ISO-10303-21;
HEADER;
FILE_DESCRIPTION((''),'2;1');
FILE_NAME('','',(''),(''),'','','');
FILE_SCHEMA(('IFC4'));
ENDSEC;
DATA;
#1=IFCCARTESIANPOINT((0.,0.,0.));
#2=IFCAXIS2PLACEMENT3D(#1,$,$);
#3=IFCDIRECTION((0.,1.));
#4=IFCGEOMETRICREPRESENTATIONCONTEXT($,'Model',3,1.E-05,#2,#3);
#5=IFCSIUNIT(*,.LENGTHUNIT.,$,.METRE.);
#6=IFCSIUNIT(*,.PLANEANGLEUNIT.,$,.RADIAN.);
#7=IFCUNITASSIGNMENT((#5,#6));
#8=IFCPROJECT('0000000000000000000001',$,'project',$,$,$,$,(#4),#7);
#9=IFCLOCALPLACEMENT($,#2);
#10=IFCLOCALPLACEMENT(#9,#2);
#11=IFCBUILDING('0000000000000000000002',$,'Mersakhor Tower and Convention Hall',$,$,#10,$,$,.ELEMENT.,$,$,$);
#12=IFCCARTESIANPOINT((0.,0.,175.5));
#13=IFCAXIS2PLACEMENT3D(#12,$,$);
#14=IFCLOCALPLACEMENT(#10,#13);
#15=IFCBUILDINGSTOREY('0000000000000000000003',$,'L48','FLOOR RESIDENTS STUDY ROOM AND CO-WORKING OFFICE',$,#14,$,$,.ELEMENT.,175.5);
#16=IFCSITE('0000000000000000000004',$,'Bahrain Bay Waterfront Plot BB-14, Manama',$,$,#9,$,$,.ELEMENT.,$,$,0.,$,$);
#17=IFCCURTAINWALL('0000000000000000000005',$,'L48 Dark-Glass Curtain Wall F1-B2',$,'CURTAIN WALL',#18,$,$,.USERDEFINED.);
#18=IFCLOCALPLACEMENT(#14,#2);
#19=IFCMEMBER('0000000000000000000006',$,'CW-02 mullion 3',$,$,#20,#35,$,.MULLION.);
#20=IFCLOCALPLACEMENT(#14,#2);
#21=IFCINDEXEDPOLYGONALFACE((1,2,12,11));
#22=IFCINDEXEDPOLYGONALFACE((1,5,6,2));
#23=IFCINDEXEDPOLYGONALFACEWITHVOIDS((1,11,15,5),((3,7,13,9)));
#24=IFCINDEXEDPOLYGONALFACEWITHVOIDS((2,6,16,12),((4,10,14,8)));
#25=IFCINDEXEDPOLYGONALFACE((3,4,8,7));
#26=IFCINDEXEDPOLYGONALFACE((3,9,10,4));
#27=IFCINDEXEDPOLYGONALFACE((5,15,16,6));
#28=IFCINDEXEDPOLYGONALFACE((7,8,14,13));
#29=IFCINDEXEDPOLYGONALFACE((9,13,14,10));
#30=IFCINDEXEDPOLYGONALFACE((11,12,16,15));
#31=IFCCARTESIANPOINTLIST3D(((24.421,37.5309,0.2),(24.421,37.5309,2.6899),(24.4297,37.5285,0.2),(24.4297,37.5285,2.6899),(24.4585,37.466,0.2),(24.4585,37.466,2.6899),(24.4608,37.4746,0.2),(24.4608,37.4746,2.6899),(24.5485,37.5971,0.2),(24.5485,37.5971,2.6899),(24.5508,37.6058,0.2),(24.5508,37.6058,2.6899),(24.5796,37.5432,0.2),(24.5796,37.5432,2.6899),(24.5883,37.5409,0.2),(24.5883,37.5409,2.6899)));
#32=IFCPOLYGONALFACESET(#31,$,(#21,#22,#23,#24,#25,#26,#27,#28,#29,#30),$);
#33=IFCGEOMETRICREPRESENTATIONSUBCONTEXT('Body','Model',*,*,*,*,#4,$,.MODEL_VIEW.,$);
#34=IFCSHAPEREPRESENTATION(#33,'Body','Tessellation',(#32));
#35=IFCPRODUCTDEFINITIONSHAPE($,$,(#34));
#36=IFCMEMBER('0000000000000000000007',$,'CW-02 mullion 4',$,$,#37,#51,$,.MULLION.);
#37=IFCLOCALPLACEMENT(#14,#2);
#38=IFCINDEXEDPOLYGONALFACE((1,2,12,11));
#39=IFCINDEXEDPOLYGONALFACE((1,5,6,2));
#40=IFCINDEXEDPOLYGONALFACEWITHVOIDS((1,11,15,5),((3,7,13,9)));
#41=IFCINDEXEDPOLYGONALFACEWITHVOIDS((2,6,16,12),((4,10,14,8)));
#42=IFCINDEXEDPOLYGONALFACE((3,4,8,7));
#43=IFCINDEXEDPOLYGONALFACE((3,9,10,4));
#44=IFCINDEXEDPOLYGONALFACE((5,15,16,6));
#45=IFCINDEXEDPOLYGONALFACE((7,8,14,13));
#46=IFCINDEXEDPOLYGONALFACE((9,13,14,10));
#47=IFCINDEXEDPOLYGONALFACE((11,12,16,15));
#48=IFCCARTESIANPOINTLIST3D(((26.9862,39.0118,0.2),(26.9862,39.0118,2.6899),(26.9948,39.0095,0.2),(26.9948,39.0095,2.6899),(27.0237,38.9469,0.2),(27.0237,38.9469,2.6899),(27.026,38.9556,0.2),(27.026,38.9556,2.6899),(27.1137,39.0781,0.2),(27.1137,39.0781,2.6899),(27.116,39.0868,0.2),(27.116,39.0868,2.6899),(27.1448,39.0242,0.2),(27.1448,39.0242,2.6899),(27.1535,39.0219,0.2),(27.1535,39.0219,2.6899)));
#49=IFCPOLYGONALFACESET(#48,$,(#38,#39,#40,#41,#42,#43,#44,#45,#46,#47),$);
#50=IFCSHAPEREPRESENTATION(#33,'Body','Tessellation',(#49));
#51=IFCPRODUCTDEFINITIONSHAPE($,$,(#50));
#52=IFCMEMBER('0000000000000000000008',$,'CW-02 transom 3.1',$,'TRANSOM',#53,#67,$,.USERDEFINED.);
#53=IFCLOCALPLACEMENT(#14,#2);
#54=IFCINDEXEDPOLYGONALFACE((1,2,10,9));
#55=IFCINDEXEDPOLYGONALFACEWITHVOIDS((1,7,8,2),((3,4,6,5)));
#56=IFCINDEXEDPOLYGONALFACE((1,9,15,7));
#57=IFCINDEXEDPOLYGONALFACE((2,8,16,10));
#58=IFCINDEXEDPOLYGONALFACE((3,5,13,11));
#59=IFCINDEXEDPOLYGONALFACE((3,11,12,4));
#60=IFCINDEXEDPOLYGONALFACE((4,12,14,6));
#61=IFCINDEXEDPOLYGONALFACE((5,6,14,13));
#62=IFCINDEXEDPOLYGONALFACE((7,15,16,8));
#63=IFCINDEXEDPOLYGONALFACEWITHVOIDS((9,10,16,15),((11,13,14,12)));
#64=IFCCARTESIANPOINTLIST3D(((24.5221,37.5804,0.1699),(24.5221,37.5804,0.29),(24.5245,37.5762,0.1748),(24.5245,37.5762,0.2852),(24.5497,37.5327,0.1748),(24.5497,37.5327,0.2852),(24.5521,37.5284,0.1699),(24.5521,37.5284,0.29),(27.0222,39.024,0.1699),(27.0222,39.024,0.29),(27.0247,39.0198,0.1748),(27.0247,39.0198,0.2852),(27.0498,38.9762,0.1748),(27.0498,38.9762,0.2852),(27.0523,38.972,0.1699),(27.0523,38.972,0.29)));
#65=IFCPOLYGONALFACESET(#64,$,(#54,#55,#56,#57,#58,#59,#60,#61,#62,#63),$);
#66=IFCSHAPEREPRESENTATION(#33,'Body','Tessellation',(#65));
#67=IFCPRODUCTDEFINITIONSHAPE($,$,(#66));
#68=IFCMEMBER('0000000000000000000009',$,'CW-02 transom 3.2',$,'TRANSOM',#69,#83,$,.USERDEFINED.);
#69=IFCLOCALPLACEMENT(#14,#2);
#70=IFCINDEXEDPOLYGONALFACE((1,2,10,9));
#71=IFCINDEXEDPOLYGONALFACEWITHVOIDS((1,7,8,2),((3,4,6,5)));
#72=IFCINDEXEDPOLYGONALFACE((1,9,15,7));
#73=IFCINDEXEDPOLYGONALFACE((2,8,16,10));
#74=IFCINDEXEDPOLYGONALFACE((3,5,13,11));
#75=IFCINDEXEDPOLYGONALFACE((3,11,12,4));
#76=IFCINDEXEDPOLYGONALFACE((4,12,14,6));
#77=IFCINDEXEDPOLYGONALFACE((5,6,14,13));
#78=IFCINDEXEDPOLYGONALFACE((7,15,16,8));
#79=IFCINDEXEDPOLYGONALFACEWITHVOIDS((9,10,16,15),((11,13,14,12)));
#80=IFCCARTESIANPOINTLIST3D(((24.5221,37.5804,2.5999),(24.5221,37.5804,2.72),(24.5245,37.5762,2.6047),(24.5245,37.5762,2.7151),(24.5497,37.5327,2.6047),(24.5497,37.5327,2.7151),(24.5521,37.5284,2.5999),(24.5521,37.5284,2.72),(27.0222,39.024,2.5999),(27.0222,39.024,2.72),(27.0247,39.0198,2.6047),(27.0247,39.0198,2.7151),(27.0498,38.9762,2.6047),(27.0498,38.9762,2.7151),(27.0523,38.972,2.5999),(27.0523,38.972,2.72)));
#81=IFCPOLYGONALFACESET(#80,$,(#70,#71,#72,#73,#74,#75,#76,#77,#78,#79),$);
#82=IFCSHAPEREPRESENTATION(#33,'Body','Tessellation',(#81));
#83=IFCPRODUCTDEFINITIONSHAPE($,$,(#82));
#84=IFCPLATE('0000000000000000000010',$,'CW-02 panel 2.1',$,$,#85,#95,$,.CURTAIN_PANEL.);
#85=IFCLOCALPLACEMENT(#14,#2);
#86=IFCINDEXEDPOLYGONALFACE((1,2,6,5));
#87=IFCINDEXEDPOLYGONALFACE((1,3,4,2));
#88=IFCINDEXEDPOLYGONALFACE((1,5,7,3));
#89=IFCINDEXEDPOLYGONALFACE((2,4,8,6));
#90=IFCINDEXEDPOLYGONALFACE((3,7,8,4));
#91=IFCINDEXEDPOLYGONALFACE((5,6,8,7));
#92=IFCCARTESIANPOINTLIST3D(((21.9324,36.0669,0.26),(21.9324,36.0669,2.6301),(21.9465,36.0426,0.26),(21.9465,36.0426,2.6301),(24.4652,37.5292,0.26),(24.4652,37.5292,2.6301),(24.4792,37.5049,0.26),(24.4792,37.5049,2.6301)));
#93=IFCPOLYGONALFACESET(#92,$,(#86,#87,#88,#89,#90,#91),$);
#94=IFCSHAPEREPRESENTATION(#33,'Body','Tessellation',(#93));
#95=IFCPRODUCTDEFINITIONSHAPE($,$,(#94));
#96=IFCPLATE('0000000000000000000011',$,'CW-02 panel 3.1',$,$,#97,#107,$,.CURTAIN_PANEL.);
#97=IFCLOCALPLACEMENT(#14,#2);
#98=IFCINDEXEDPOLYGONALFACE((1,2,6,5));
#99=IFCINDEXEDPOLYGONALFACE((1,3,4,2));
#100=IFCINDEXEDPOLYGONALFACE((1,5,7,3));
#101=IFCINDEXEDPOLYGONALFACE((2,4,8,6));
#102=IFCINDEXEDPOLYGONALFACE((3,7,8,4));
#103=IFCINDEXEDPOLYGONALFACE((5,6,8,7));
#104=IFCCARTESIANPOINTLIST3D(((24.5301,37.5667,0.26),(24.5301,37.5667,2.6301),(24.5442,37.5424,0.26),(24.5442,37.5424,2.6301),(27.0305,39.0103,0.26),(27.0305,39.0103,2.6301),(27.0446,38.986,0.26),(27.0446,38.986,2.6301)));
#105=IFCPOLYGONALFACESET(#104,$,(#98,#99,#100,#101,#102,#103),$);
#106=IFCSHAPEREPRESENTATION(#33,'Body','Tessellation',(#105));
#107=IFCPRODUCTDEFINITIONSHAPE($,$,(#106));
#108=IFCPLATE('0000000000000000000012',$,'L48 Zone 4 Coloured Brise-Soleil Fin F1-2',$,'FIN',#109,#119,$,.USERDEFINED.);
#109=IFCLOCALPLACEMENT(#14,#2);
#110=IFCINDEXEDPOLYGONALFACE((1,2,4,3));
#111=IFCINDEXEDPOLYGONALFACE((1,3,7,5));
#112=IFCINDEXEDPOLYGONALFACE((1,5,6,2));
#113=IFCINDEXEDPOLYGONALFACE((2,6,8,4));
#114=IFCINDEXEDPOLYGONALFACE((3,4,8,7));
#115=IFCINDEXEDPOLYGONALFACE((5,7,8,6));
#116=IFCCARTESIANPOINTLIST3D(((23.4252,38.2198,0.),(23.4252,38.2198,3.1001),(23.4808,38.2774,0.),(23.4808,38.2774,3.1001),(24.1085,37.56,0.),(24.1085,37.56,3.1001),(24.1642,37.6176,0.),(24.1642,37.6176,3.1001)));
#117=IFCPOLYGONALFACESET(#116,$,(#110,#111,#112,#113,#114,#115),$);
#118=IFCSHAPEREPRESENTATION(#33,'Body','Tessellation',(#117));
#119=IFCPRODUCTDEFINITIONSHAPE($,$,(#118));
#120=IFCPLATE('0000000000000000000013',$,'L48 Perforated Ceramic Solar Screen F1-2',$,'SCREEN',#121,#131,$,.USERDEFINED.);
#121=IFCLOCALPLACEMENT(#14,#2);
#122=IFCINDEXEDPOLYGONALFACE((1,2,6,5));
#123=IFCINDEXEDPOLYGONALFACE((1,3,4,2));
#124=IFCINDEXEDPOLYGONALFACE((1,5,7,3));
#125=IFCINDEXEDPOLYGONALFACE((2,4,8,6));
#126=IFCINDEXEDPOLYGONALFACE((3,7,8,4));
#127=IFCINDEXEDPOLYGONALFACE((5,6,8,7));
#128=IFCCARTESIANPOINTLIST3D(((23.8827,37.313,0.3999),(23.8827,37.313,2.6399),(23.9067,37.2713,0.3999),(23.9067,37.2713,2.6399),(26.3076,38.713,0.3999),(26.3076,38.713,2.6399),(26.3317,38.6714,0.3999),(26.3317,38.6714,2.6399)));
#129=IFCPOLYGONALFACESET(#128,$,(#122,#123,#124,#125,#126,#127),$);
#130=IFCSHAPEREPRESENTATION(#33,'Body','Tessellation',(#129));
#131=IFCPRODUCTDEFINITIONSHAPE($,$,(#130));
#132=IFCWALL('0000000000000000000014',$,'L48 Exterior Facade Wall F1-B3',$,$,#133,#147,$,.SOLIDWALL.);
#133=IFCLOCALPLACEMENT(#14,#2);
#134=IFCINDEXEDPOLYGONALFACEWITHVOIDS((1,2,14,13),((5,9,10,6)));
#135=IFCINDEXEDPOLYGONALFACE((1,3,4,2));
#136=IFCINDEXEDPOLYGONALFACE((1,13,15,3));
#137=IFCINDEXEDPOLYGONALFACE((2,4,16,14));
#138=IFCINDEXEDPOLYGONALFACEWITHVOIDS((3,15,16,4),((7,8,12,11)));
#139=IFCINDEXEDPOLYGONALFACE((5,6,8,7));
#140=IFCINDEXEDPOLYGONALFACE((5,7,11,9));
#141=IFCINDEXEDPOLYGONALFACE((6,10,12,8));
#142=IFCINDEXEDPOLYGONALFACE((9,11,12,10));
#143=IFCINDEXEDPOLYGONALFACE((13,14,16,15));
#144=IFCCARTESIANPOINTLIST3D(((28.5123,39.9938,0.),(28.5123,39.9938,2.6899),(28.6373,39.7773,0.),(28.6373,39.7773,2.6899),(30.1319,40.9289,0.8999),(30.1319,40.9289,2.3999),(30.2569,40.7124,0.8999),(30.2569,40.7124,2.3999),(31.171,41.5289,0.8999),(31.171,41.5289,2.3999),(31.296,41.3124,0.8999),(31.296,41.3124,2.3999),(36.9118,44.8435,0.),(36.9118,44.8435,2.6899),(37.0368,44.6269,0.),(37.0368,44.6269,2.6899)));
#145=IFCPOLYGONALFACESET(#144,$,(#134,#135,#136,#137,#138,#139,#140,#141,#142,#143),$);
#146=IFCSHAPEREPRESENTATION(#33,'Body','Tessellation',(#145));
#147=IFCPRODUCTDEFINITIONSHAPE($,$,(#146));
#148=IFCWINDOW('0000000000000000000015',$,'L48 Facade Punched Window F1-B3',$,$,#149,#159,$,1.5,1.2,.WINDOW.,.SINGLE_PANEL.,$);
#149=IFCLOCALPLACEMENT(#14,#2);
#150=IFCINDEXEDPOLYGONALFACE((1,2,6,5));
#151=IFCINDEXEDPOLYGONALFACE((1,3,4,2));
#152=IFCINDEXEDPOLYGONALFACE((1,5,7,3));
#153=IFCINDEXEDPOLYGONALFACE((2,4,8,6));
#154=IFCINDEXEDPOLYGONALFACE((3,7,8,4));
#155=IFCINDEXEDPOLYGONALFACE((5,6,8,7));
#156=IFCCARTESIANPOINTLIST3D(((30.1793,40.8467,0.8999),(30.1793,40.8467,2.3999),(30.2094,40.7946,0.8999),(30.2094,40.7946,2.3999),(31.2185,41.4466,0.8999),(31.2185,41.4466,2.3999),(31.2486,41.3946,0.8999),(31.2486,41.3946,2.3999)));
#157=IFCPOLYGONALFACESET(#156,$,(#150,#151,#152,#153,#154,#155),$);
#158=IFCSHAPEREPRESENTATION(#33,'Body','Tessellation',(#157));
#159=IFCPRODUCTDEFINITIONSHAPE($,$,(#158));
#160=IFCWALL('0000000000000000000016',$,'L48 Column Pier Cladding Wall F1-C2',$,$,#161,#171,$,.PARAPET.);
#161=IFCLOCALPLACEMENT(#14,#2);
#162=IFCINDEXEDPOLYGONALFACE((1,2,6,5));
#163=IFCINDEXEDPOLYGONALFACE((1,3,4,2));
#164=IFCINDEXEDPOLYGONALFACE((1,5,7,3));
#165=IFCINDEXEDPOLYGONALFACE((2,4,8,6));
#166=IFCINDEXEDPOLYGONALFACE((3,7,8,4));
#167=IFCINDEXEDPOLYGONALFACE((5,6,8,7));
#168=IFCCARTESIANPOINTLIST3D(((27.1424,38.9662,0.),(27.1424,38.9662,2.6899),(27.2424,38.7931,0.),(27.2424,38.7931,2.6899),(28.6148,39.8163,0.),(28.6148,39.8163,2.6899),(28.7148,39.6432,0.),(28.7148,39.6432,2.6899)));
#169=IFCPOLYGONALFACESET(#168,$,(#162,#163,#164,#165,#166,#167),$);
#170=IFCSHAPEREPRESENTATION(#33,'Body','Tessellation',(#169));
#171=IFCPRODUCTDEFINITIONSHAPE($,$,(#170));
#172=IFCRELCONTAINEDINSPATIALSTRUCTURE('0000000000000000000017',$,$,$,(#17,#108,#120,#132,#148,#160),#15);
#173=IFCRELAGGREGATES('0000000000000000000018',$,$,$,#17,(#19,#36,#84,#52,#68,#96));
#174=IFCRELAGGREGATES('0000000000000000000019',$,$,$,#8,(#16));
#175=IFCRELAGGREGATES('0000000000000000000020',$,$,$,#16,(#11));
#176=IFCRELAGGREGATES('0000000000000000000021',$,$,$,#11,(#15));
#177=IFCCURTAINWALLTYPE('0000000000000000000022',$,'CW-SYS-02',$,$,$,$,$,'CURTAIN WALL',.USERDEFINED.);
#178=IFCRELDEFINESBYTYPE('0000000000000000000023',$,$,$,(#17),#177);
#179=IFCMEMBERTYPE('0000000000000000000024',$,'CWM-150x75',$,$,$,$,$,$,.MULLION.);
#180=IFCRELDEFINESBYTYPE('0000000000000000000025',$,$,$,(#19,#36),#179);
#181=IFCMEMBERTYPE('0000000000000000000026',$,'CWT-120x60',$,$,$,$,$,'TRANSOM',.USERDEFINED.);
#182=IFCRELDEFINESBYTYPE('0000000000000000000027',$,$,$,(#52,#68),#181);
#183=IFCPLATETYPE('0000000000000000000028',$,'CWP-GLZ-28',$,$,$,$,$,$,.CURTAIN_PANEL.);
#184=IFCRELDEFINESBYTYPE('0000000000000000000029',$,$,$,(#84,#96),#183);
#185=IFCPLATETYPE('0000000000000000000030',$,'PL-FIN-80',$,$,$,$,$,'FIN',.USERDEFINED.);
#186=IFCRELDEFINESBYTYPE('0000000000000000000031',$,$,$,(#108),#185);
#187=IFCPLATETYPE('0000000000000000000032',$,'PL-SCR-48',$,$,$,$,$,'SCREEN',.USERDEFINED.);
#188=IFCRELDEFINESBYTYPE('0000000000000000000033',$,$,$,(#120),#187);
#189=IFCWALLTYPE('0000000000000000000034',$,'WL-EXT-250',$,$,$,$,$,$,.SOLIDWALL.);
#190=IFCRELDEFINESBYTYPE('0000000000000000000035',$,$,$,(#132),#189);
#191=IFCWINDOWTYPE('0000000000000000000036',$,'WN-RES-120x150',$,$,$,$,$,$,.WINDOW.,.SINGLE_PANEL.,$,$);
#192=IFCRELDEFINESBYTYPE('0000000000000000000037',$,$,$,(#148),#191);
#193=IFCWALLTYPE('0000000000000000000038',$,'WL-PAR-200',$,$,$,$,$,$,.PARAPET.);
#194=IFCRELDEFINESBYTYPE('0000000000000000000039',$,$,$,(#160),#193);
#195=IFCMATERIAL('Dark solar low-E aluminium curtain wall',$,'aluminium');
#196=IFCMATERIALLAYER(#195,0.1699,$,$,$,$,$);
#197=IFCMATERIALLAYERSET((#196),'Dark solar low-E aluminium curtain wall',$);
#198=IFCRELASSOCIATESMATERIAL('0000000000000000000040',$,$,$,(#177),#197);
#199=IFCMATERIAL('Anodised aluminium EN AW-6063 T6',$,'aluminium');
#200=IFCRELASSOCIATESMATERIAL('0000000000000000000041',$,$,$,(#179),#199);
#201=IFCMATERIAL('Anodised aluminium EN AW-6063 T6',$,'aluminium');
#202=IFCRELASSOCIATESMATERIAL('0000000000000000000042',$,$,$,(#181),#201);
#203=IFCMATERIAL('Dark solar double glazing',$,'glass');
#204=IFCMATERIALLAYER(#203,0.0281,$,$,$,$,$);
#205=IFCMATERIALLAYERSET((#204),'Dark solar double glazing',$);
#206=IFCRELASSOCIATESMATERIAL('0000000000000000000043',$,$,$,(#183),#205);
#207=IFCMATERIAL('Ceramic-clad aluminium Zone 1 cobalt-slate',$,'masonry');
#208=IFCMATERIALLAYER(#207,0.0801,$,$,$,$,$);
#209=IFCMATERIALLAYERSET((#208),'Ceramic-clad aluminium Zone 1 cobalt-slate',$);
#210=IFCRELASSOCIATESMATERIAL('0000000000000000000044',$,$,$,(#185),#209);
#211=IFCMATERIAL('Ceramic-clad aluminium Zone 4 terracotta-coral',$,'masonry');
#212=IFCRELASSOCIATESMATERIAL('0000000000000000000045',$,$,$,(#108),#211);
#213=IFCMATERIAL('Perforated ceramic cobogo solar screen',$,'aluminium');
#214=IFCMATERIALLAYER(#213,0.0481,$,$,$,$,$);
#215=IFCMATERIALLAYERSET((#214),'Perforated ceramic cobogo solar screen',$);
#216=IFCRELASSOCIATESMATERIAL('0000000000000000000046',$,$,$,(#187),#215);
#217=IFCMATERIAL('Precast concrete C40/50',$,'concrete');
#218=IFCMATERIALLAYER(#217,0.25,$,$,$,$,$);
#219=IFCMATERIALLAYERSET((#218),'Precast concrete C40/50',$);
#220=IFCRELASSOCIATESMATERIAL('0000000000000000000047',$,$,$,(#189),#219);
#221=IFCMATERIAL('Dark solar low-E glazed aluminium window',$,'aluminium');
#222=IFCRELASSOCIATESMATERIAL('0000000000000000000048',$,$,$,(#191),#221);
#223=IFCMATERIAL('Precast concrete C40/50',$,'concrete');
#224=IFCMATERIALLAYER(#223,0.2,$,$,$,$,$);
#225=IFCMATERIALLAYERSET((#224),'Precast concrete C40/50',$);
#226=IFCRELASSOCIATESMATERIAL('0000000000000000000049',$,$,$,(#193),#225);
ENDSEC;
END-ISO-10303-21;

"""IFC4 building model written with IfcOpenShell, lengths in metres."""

from ifc_helpers import new_model, si_unit, direction, frame, frame_2d, origin, origin_2d, place, context, subcontext, project, spatial, rectangle, hollow_rectangle, extrude, material, layer, layer_set, material_profile, profile_set, type_object, element, fill, aggregate, save


model = new_model("IFC4")

# Units and contexts
model_context = context("Model", 3, precision=1e-05, world=origin(), true_north=direction((0.0, 1.0)))
body_context = subcontext(model_context, "Body", "Model", "MODEL_VIEW")
ifc_project = project(units=[si_unit("LENGTHUNIT", "METRE"), si_unit("PLANEANGLEUNIT", "RADIAN")], contexts=[model_context])

# Site, building, storey
site_placement = place(None, origin())
site = spatial("IfcSite", under=ifc_project, at=site_placement, Name="Bahrain Bay Waterfront Plot BB-14, Manama", CompositionType="ELEMENT", RefElevation=0.0)
building_placement = place(site_placement, origin())
building = spatial("IfcBuilding", under=site, at=building_placement, Name="Mersakhor Tower and Convention Hall", CompositionType="ELEMENT")
storey_placement = place(building_placement, frame((0.0, 0.0, 175.5)))
storey = spatial("IfcBuildingStorey", under=building, at=storey_placement, Name="L48", Description="FLOOR RESIDENTS STUDY ROOM AND CO-WORKING OFFICE", CompositionType="ELEMENT", Elevation=175.5)

# Curtain wall, members, plates
ifc_material_1 = material(Name="Dark solar low-E aluminium curtain wall", Category="aluminium")
ifc_layer_1 = layer(ifc_material_1, 0.1699)
ifc_layer_set_1 = layer_set([ifc_layer_1], Name="Dark solar low-E aluminium curtain wall")
curtain_wall_type = type_object("IfcCurtainWallType", Name="CW-SYS-02", ElementType="CURTAIN WALL", PredefinedType="USERDEFINED", material=ifc_layer_set_1)
curtain_wall_placement = place(storey_placement, origin())
curtain_wall = element("IfcCurtainWall", 1, at=curtain_wall_placement, inside=storey, type_object=curtain_wall_type, Name="L48 Dark-Glass Curtain Wall F1-B2", ObjectType="CURTAIN WALL", PredefinedType="USERDEFINED")
ifc_material_2 = material(Name="Anodised aluminium EN AW-6063 T6", Category="aluminium")
ifc_material_profile_1 = material_profile(ifc_material_2, hollow_rectangle(XDim=0.075, YDim=0.1499, WallThickness=0.0063, at=origin_2d()), Name="RHS 150x75x6.3")
ifc_profile_set_1 = profile_set([ifc_material_profile_1], Name="Anodised aluminium EN AW-6063 T6")
member_type_1 = type_object("IfcMemberType", Name="CWM-150x75", PredefinedType="MULLION", material=ifc_profile_set_1)
member_1_placement = place(storey_placement, frame((24.5046, 37.5359, 0.2), z_axis=(0.0, 0.0, 1.0), x_axis=(-0.500008, 0.866021, 0.0)))
member_1 = element("IfcMember", 2, at=member_1_placement, type_object=member_type_1, Name="CW-02 mullion 3", PredefinedType="MULLION", context=body_context, shape_type="SweptSolid", body=[
    extrude(hollow_rectangle(XDim=0.075, YDim=0.1499, WallThickness=0.0063, at=origin_2d()), origin(), (0.0, 0.0, 1.0), 2.49),
])
member_2_placement = place(storey_placement, frame((27.0698, 39.0168, 0.2), z_axis=(0.0, 0.0, 1.0), x_axis=(-0.500008, 0.866021, 0.0)))
member_2 = element("IfcMember", 3, at=member_2_placement, type_object=member_type_1, Name="CW-02 mullion 4", PredefinedType="MULLION", context=body_context, shape_type="SweptSolid", body=[
    extrude(hollow_rectangle(XDim=0.075, YDim=0.1499, WallThickness=0.0063, at=origin_2d()), origin(), (0.0, 0.0, 1.0), 2.49),
])
ifc_material_3 = material(Name="Anodised aluminium EN AW-6063 T6", Category="aluminium")
ifc_material_profile_2 = material_profile(ifc_material_3, hollow_rectangle(XDim=0.0601, YDim=0.1201, WallThickness=0.0049, at=origin_2d()), Name="RHS 120x60x5")
ifc_profile_set_2 = profile_set([ifc_material_profile_2], Name="Anodised aluminium EN AW-6063 T6")
member_type_2 = type_object("IfcMemberType", Name="CWT-120x60", ElementType="TRANSOM", PredefinedType="USERDEFINED", material=ifc_profile_set_2)
member_3_placement = place(storey_placement, frame((24.5371, 37.5544, 0.23), z_axis=(0.866012, 0.500023, 0.0), x_axis=(-0.500023, 0.866012, 0.0)))
member_3 = element("IfcMember", 4, at=member_3_placement, type_object=member_type_2, Name="CW-02 transom 3.1", ObjectType="TRANSOM", PredefinedType="USERDEFINED", context=body_context, shape_type="SweptSolid", body=[
    extrude(hollow_rectangle(XDim=0.0601, YDim=0.1201, WallThickness=0.0049, at=origin_2d()), origin(), (0.0, 0.0, 1.0), 2.887),
])
member_4_placement = place(storey_placement, frame((24.5371, 37.5544, 2.6599), z_axis=(0.866012, 0.500023, 0.0), x_axis=(-0.500023, 0.866012, 0.0)))
member_4 = element("IfcMember", 5, at=member_4_placement, type_object=member_type_2, Name="CW-02 transom 3.2", ObjectType="TRANSOM", PredefinedType="USERDEFINED", context=body_context, shape_type="SweptSolid", body=[
    extrude(hollow_rectangle(XDim=0.0601, YDim=0.1201, WallThickness=0.0049, at=origin_2d()), origin(), (0.0, 0.0, 1.0), 2.887),
])
ifc_material_4 = material(Name="Dark solar double glazing", Category="glass")
ifc_layer_2 = layer(ifc_material_4, 0.0281)
ifc_layer_set_2 = layer_set([ifc_layer_2], Name="Dark solar double glazing")
plate_type_1 = type_object("IfcPlateType", Name="CWP-GLZ-28", PredefinedType="CURTAIN_PANEL", material=ifc_layer_set_2)
plate_1_placement = place(storey_placement, frame((23.2058, 36.7859, 0.26), z_axis=(0.0, 0.0, 1.0), x_axis=(0.866021, 0.500008, 0.0)))
plate_1 = element("IfcPlate", 6, at=plate_1_placement, type_object=plate_type_1, Name="CW-02 panel 2.1", PredefinedType="CURTAIN_PANEL", context=body_context, shape_type="SweptSolid", body=[
    extrude(rectangle(XDim=2.9246, YDim=0.0281, at=origin_2d()), origin(), (0.0, 0.0, 1.0), 2.3701),
])
plate_2_placement = place(storey_placement, frame((25.7874, 38.2764, 0.26), z_axis=(0.0, 0.0, 1.0), x_axis=(0.866021, 0.500008, 0.0)))
plate_2 = element("IfcPlate", 7, at=plate_2_placement, type_object=plate_type_1, Name="CW-02 panel 3.1", PredefinedType="CURTAIN_PANEL", context=body_context, shape_type="SweptSolid", body=[
    extrude(rectangle(XDim=2.8872, YDim=0.0281, at=origin_2d()), origin(), (0.0, 0.0, 1.0), 2.3701),
])
aggregate(curtain_wall, [member_1, member_2, plate_1, member_3, member_4, plate_2])

# Plates
ifc_material_5 = material(Name="Ceramic-clad aluminium Zone 4 terracotta-coral", Category="masonry")
ifc_material_6 = material(Name="Ceramic-clad aluminium Zone 1 cobalt-slate", Category="masonry")
ifc_layer_3 = layer(ifc_material_6, 0.0801)
ifc_layer_set_3 = layer_set([ifc_layer_3], Name="Ceramic-clad aluminium Zone 1 cobalt-slate")
plate_type_2 = type_object("IfcPlateType", Name="PL-FIN-80", ElementType="FIN", PredefinedType="USERDEFINED", material=ifc_layer_set_3)
plate_3_placement = place(storey_placement, frame((23.7947, 37.9187, 0.0), z_axis=(0.0, 0.0, 1.0), x_axis=(-0.71934, 0.694658, 0.0)))
element("IfcPlate", 8, at=plate_3_placement, inside=storey, type_object=plate_type_2, material=ifc_material_5, Name="L48 Zone 4 Coloured Brise-Soleil Fin F1-2", ObjectType="FIN", PredefinedType="USERDEFINED", context=body_context, shape_type="SweptSolid", body=[
    extrude(rectangle(XDim=0.95, YDim=0.0801, at=origin_2d()), origin(), (0.0, 0.0, 1.0), 3.1001),
])
ifc_material_7 = material(Name="Perforated ceramic cobogo solar screen", Category="aluminium")
ifc_layer_4 = layer(ifc_material_7, 0.0481)
ifc_layer_set_4 = layer_set([ifc_layer_4], Name="Perforated ceramic cobogo solar screen")
plate_type_3 = type_object("IfcPlateType", Name="PL-SCR-48", ElementType="SCREEN", PredefinedType="USERDEFINED", material=ifc_layer_set_4)
plate_4_placement = place(storey_placement, frame((25.1072, 37.9922, 0.3999), z_axis=(0.0, 0.0, 1.0), x_axis=(0.866025, 0.5, 0.0)))
element("IfcPlate", 9, at=plate_4_placement, inside=storey, type_object=plate_type_3, Name="L48 Perforated Ceramic Solar Screen F1-2", ObjectType="SCREEN", PredefinedType="USERDEFINED", context=body_context, shape_type="SweptSolid", body=[
    extrude(rectangle(XDim=2.8, YDim=0.0481, at=origin_2d()), origin(), (0.0, 0.0, 1.0), 2.24),
])

# Wall, opening, window
ifc_material_8 = material(Name="Precast concrete C40/50", Category="concrete")
ifc_layer_5 = layer(ifc_material_8, 0.25)
ifc_layer_set_5 = layer_set([ifc_layer_5], Name="Precast concrete C40/50")
wall_type_1 = type_object("IfcWallType", Name="WL-EXT-250", PredefinedType="SOLIDWALL", material=ifc_layer_set_5)
wall_1_placement = place(storey_placement, frame((28.5747, 39.8855, 0.0), z_axis=(0.0, 0.0, 1.0), x_axis=(0.866016, 0.500016, 0.0)))
wall_1 = element("IfcWall", 10, at=wall_1_placement, inside=storey, type_object=wall_type_1, Name="L48 Exterior Facade Wall F1-B3", PredefinedType="SOLIDWALL", context=body_context, shape_type="SweptSolid", body=[
    extrude(rectangle(XDim=9.699, YDim=0.25, at=frame_2d((4.8496, 0.0))), origin(), (0.0, 0.0, 1.0), 2.6899),
])
opening_1_placement = place(wall_1_placement, frame((1.8701, 0.0, 0.8999)))
opening_1 = element("IfcOpeningElement", 11, at=opening_1_placement, cuts=wall_1, PredefinedType="OPENING", context=body_context, shape_type="SweptSolid", body=[
    extrude(rectangle(XDim=1.2, YDim=1.5, at=frame_2d((0.6001, 0.75))), frame((0.0, 0.135, 0.0), z_axis=(0.0, -1.0, 0.0), x_axis=(1.0, 0.0, 0.0)), (0.0, 0.0, 1.0), 0.27),
])
ifc_material_9 = material(Name="Dark solar low-E glazed aluminium window", Category="aluminium")
window_type = type_object("IfcWindowType", Name="WN-RES-120x150", PartitioningType="SINGLE_PANEL", PredefinedType="WINDOW", material=ifc_material_9)
window_placement = place(opening_1_placement, origin())
window = element("IfcWindow", 12, at=window_placement, inside=storey, type_object=window_type, Name="L48 Facade Punched Window F1-B3", OverallHeight=1.5, OverallWidth=1.2, PartitioningType="SINGLE_PANEL", PredefinedType="WINDOW", context=body_context, shape_type="SweptSolid", body=[
    extrude(rectangle(XDim=1.2, YDim=1.5, at=frame_2d((0.6001, 0.75))), frame((0.0, 0.03, 0.0), z_axis=(0.0, -1.0, 0.0), x_axis=(1.0, 0.0, 0.0)), (0.0, 0.0, 1.0), 0.0601),
])
fill(opening_1, window)

# Wall
ifc_material_10 = material(Name="Precast concrete C40/50", Category="concrete")
ifc_layer_6 = layer(ifc_material_10, 0.2)
ifc_layer_set_6 = layer_set([ifc_layer_6], Name="Precast concrete C40/50")
wall_type_2 = type_object("IfcWallType", Name="WL-PAR-200", PredefinedType="PARAPET", material=ifc_layer_set_6)
wall_2_placement = place(storey_placement, frame((27.1924, 38.8796, 0.0), z_axis=(0.0, 0.0, 1.0), x_axis=(0.866025, 0.5, 0.0)))
element("IfcWall", 13, at=wall_2_placement, inside=storey, type_object=wall_type_2, Name="L48 Column Pier Cladding Wall F1-C2", PredefinedType="PARAPET", context=body_context, shape_type="SweptSolid", body=[
    extrude(rectangle(XDim=1.7002, YDim=0.2, at=frame_2d((0.8501, 0.0))), origin(), (0.0, 0.0, 1.0), 2.6899),
])

save(model, "model.ifc")
